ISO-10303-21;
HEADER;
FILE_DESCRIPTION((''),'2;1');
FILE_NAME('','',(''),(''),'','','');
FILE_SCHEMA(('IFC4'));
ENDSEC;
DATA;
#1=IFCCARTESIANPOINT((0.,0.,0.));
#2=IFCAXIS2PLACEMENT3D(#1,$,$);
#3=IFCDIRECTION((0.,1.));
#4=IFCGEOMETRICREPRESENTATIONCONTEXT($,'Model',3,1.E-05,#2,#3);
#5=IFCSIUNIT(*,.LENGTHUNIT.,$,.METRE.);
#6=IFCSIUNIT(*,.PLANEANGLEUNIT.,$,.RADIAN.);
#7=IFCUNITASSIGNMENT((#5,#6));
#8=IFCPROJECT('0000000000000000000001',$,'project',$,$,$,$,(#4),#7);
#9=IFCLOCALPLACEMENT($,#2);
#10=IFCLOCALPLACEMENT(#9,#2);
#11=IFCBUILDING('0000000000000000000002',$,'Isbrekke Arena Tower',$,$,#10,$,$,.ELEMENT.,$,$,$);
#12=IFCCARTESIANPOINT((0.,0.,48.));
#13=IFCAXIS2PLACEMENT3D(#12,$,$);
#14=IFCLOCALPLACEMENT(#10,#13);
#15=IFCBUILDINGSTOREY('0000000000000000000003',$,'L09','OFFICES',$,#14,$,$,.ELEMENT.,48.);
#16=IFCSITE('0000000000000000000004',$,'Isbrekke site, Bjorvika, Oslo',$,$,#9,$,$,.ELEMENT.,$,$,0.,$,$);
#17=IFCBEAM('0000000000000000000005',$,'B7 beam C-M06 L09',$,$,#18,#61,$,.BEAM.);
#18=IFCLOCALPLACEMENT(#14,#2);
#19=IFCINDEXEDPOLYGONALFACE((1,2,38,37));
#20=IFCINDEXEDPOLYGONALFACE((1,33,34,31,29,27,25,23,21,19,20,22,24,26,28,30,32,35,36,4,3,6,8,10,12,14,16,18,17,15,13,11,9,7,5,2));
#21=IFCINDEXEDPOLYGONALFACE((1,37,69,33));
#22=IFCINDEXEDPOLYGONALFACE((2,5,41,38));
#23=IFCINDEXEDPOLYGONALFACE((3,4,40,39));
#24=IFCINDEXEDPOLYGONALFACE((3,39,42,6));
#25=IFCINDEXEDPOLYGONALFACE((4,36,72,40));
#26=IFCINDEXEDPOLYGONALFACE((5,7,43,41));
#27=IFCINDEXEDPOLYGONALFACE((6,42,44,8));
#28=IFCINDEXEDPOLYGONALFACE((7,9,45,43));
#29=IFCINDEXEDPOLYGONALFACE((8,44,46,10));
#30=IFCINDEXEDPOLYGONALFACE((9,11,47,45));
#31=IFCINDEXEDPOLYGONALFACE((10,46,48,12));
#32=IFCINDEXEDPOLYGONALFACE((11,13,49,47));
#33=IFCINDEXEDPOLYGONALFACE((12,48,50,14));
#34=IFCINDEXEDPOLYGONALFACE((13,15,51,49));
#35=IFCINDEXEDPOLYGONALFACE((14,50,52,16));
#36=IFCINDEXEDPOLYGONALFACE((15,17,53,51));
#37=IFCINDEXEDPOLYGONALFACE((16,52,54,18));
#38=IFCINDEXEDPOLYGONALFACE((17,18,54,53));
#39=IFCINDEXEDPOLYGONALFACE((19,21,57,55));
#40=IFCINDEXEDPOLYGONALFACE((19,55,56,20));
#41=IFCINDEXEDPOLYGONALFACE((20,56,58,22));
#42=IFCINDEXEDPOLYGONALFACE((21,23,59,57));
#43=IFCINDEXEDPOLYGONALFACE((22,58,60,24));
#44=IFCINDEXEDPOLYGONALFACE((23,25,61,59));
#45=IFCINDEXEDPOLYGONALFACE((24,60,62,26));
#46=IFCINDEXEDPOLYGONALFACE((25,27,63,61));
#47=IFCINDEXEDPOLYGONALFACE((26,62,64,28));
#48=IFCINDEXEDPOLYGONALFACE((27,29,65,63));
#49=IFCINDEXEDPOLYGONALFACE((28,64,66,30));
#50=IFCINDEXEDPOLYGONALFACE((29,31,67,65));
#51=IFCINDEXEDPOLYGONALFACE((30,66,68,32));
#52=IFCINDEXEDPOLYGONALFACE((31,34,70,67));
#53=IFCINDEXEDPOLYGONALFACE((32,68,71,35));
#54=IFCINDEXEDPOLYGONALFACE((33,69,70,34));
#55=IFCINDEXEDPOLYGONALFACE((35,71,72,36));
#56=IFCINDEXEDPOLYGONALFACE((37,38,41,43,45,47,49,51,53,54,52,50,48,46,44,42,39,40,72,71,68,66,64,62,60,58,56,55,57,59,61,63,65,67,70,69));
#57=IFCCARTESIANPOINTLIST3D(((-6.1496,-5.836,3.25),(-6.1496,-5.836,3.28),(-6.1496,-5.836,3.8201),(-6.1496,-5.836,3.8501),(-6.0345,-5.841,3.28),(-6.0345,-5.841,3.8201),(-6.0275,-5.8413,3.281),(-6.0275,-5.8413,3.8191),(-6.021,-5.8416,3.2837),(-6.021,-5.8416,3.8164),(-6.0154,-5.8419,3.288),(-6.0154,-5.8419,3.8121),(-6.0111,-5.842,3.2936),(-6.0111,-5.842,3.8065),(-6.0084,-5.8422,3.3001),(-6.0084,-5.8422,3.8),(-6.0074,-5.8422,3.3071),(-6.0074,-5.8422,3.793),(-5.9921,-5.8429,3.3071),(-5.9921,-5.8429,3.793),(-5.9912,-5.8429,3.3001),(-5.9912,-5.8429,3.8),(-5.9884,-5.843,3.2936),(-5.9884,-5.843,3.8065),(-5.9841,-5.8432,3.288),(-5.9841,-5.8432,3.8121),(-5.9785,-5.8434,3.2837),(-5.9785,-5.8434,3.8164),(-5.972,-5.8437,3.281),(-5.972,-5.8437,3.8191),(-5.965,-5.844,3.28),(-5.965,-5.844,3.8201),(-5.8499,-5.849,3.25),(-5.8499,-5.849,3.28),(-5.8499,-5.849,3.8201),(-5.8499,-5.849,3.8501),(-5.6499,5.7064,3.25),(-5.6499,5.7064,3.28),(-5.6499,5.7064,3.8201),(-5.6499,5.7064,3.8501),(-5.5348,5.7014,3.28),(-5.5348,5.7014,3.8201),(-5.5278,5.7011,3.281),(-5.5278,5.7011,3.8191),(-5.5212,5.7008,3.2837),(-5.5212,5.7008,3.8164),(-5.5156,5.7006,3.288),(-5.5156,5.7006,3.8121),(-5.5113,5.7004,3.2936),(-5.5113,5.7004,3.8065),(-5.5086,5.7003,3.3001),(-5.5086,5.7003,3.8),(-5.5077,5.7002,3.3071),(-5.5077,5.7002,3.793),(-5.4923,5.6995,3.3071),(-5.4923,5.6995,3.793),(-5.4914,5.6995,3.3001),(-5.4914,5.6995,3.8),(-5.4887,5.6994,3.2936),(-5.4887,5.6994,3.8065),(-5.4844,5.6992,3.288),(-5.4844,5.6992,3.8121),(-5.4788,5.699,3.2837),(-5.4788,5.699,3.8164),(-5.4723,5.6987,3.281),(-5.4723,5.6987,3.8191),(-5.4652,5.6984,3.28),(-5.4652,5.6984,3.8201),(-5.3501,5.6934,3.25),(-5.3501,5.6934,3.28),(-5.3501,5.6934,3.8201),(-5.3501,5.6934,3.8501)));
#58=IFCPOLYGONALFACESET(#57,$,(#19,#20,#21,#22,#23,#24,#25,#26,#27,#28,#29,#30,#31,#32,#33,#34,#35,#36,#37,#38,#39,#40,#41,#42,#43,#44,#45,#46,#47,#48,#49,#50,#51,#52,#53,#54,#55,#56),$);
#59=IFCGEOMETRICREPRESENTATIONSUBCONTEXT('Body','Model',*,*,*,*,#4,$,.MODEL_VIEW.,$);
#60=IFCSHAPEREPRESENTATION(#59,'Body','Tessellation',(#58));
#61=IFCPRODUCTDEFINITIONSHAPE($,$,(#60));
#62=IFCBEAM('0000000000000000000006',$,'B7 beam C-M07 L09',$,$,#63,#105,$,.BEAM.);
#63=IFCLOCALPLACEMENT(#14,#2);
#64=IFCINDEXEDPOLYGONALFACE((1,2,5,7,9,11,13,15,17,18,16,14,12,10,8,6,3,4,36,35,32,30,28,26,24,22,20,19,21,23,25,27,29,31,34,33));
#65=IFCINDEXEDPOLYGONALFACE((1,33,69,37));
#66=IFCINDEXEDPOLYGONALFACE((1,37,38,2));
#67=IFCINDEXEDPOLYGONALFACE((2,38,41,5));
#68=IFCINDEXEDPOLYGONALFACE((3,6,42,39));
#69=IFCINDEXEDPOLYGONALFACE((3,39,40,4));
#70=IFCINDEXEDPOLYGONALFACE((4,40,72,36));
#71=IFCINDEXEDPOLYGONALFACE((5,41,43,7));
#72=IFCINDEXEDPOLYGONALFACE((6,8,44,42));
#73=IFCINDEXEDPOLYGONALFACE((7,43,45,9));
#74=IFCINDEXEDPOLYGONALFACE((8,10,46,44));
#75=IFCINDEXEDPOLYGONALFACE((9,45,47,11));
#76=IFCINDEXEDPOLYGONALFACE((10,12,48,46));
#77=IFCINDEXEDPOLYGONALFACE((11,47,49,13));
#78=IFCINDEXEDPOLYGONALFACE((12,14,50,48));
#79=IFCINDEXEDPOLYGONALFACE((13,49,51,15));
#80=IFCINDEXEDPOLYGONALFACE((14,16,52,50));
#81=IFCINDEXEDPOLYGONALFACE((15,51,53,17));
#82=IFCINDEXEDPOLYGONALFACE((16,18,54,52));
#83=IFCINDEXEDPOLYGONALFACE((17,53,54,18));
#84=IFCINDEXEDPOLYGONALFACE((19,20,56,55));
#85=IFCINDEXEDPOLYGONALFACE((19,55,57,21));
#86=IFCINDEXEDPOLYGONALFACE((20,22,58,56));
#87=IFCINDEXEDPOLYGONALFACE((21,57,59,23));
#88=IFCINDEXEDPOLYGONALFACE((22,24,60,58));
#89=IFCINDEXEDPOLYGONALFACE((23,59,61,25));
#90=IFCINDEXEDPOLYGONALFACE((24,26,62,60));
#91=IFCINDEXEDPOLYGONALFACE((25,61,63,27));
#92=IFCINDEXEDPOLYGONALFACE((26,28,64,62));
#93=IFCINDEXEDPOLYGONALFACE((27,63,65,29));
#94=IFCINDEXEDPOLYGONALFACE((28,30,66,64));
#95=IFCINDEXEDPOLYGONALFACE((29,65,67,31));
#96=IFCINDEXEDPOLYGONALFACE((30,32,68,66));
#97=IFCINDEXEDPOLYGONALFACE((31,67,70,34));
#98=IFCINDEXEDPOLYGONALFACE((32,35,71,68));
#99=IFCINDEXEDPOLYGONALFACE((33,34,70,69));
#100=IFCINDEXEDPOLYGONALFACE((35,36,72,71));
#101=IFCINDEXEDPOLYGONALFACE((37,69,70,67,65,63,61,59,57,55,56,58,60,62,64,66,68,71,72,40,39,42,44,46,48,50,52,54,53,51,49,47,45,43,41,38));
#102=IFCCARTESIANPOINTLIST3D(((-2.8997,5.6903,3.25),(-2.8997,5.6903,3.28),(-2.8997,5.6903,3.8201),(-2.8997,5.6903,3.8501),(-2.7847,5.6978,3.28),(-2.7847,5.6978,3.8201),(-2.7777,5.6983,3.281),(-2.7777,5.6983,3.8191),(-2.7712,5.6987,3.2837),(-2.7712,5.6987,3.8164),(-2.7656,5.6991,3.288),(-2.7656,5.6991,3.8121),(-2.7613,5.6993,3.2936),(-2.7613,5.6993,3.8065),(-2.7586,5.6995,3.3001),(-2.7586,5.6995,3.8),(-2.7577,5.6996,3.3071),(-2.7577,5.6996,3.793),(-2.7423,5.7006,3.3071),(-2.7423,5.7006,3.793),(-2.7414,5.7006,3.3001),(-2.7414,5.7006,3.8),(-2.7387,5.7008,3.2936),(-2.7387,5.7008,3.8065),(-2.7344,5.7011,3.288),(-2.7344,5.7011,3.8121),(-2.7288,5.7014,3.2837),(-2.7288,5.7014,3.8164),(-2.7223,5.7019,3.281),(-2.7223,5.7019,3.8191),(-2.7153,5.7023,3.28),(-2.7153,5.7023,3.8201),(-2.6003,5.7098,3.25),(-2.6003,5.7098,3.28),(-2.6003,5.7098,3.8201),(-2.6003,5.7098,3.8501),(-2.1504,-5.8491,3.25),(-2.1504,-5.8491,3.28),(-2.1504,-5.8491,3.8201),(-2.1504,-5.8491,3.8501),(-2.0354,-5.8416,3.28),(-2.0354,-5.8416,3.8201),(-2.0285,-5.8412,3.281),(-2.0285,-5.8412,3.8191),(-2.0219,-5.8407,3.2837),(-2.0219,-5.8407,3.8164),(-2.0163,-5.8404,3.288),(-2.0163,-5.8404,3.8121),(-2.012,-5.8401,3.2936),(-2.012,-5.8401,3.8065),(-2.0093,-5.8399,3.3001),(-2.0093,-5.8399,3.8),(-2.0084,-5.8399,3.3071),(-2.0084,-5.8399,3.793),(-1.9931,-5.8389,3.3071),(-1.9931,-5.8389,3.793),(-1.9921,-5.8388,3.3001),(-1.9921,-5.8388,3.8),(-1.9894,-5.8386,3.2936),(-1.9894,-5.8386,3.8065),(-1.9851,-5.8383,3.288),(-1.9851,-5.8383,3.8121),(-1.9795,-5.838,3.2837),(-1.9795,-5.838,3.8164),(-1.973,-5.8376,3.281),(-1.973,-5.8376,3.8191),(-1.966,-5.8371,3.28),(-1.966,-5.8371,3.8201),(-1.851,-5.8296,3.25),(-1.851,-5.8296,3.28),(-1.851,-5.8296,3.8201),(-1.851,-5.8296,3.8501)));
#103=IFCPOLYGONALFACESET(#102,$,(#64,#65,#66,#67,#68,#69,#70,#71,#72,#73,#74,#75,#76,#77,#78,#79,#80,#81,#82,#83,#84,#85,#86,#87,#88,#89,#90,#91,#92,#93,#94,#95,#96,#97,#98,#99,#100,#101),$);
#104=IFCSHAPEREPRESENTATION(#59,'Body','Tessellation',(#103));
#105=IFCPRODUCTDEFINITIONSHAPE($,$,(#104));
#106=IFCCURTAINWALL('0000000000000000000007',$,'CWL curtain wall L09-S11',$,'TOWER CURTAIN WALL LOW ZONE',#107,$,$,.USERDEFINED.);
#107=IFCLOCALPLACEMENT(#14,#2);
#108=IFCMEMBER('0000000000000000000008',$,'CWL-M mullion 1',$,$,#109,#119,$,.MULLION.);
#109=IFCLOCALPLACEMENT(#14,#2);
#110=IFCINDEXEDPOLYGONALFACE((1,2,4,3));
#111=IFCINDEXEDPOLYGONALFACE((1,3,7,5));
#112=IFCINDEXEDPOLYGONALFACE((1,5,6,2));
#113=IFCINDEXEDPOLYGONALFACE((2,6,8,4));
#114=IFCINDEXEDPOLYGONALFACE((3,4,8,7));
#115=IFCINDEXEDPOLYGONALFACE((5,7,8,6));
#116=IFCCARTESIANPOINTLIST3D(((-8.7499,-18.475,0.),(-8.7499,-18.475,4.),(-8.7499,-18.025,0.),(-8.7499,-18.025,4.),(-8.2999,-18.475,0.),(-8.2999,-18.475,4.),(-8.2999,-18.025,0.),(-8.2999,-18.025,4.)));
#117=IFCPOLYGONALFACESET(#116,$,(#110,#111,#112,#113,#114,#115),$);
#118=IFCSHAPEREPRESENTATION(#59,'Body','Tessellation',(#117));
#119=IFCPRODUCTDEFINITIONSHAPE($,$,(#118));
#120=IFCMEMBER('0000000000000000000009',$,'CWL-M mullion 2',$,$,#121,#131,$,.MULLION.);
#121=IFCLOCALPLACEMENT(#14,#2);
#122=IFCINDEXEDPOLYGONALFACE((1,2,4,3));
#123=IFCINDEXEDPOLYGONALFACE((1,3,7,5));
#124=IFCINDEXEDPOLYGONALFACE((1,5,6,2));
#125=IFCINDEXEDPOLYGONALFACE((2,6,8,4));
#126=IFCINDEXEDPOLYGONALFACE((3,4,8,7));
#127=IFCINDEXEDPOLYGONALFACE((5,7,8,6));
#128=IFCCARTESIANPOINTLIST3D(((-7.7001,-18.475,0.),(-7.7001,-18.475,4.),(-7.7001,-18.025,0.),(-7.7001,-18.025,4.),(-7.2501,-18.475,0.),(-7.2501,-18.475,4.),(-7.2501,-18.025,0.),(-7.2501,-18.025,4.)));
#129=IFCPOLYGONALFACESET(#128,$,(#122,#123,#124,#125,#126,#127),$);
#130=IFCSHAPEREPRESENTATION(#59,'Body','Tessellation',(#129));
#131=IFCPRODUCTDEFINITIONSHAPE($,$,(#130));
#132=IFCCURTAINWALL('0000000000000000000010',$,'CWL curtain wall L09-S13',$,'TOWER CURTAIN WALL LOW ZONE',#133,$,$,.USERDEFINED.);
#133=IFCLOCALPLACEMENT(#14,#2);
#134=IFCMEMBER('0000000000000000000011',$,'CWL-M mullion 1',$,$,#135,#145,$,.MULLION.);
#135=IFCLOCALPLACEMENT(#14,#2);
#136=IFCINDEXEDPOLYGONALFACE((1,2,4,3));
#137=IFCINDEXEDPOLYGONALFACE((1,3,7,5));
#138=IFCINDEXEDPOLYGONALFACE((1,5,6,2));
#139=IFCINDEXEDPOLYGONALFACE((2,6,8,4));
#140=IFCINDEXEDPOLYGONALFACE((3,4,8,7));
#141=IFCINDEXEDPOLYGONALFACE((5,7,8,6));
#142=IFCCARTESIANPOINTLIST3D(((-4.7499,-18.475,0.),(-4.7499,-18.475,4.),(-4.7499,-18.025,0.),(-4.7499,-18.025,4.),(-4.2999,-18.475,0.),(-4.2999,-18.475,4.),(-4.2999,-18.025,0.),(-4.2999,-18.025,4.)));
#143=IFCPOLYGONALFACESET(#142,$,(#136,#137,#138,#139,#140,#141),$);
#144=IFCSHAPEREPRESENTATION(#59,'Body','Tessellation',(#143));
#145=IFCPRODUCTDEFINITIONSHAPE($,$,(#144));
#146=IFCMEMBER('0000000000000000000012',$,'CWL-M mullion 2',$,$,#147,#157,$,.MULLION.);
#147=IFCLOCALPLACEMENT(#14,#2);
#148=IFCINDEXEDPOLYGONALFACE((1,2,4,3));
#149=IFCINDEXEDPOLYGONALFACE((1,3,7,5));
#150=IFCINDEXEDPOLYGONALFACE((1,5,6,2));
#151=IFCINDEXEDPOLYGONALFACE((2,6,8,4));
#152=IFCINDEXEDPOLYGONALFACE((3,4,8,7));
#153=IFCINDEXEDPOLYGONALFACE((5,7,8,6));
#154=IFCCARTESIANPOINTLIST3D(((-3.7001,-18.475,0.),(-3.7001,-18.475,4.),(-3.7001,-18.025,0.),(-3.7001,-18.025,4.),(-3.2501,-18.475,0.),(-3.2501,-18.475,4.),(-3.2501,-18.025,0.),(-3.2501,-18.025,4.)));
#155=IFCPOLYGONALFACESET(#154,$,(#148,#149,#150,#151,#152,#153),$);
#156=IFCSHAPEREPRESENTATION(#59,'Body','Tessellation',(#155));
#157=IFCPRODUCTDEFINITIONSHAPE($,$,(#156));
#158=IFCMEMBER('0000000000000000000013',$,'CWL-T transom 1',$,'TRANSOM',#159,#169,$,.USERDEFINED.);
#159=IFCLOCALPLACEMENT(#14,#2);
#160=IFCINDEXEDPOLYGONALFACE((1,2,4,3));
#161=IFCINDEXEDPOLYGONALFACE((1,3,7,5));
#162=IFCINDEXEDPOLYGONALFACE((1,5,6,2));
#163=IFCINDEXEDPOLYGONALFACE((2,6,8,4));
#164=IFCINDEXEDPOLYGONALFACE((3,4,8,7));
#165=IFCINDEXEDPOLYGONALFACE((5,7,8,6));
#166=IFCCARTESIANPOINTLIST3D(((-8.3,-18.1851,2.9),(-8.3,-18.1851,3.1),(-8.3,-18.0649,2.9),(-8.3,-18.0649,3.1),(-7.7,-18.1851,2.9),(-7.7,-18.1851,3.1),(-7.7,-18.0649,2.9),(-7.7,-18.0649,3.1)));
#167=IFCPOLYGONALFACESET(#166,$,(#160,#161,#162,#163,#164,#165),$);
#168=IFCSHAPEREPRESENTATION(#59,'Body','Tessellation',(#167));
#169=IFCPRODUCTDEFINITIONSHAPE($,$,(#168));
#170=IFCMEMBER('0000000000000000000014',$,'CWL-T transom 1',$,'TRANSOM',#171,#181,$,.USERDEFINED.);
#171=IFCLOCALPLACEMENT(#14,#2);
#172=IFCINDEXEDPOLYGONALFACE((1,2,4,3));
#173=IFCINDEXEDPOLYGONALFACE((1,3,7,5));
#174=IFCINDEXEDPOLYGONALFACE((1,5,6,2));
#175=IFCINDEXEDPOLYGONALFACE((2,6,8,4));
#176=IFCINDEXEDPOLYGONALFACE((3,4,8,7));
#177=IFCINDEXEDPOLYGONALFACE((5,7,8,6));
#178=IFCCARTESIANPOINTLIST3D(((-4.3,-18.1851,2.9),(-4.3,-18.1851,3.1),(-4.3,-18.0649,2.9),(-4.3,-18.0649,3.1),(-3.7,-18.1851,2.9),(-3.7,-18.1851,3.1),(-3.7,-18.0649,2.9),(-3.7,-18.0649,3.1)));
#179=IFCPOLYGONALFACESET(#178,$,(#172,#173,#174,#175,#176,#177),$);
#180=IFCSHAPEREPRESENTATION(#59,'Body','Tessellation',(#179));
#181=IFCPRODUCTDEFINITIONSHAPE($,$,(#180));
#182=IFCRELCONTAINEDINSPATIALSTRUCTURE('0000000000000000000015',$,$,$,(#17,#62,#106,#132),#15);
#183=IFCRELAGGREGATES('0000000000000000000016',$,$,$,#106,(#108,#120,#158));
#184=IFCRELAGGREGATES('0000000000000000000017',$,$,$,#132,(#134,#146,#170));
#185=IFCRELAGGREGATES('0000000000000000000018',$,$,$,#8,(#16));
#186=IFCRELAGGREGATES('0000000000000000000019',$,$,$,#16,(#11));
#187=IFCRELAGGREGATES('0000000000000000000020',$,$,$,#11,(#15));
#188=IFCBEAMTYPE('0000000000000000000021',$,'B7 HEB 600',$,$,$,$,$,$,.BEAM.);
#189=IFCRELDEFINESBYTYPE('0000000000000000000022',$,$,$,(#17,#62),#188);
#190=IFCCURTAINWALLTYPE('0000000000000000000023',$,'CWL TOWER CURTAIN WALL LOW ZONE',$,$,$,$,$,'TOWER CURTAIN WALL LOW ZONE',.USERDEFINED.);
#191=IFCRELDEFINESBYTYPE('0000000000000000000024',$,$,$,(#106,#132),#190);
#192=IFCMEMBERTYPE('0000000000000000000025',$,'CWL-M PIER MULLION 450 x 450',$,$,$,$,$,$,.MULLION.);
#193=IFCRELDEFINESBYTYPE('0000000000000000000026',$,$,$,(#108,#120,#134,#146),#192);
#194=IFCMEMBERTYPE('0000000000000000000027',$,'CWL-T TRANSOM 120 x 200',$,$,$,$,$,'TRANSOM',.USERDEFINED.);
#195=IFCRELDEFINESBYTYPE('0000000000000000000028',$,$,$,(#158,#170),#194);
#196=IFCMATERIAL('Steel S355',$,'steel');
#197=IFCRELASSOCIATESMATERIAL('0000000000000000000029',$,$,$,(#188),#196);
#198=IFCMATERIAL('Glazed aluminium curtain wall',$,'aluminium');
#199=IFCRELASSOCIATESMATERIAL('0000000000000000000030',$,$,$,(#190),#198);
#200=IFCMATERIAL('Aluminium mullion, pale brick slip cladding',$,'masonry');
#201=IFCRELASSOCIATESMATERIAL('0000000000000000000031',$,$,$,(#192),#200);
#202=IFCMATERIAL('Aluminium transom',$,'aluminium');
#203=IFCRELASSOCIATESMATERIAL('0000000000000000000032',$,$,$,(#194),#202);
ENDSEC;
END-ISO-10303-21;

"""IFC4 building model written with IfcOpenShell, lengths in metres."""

from ifc_helpers import new_model, si_unit, direction, frame, origin, origin_2d, place, context, subcontext, project, spatial, rectangle, i_section, extrude, material, material_profile, profile_set, type_object, element, aggregate, save


model = new_model("IFC4")

# Units and contexts
model_context = context("Model", 3, precision=1e-05, world=origin(), true_north=direction((0.0, 1.0)))
body_context = subcontext(model_context, "Body", "Model", "MODEL_VIEW")
ifc_project = project(units=[si_unit("LENGTHUNIT", "METRE"), si_unit("PLANEANGLEUNIT", "RADIAN")], contexts=[model_context])

# Site, building, storey
site_placement = place(None, origin())
site = spatial("IfcSite", under=ifc_project, at=site_placement, Name="Isbrekke site, Bjorvika, Oslo", CompositionType="ELEMENT", RefElevation=0.0)
building_placement = place(site_placement, origin())
building = spatial("IfcBuilding", under=site, at=building_placement, Name="Isbrekke Arena Tower", CompositionType="ELEMENT")
storey_placement = place(building_placement, frame((0.0, 0.0, 48.0)))
storey = spatial("IfcBuildingStorey", under=building, at=storey_placement, Name="L09", Description="OFFICES", CompositionType="ELEMENT", Elevation=48.0)

# Beams
ifc_material_1 = material(Name="Steel S355", Category="steel")
ifc_material_profile_1 = material_profile(ifc_material_1, i_section(OverallWidth=0.3, OverallDepth=0.6001, WebThickness=0.0154, FlangeThickness=0.03, FilletRadius=0.0271, at=origin_2d()), Name="HEB 600")
ifc_profile_set_1 = profile_set([ifc_material_profile_1], Name="Steel S355")
beam_type_1 = type_object("IfcBeamType", Name="B7 HEB 600", PredefinedType="BEAM", material=ifc_profile_set_1)
beam_1_placement = place(storey_placement, frame((-5.9998, -5.8425, 3.55), z_axis=(0.043257, 0.999064, 0.0), x_axis=(-0.999064, 0.043257, 0.0)))
element("IfcBeam", 1, at=beam_1_placement, inside=storey, type_object=beam_type_1, Name="B7 beam C-M06 L09", PredefinedType="BEAM", context=body_context, shape_type="SweptSolid", body=[
    extrude(i_section(OverallWidth=0.3, OverallDepth=0.6001, WebThickness=0.0154, FlangeThickness=0.03, FilletRadius=0.0271, at=origin_2d()), origin(), (0.0, 0.0, 1.0), 11.5532),
])
beam_2_placement = place(storey_placement, frame((-2.0007, -5.8394, 3.55), z_axis=(-0.064795, 0.997899, 0.0), x_axis=(-0.997899, -0.064795, 0.0)))
element("IfcBeam", 2, at=beam_2_placement, inside=storey, type_object=beam_type_1, Name="B7 beam C-M07 L09", PredefinedType="BEAM", context=body_context, shape_type="SweptSolid", body=[
    extrude(i_section(OverallWidth=0.3, OverallDepth=0.6001, WebThickness=0.0154, FlangeThickness=0.03, FilletRadius=0.0271, at=origin_2d()), origin(), (0.0, 0.0, 1.0), 11.5637),
])

# Curtain walls, members
ifc_material_2 = material(Name="Glazed aluminium curtain wall", Category="aluminium")
curtain_wall_type = type_object("IfcCurtainWallType", Name="CWL TOWER CURTAIN WALL LOW ZONE", ElementType="TOWER CURTAIN WALL LOW ZONE", PredefinedType="USERDEFINED", material=ifc_material_2)
curtain_wall_1_placement = place(storey_placement, origin())
curtain_wall_1 = element("IfcCurtainWall", 3, at=curtain_wall_1_placement, inside=storey, type_object=curtain_wall_type, Name="CWL curtain wall L09-S11", ObjectType="TOWER CURTAIN WALL LOW ZONE", PredefinedType="USERDEFINED")
ifc_material_3 = material(Name="Aluminium mullion, pale brick slip cladding", Category="masonry")
ifc_material_profile_2 = material_profile(ifc_material_3, rectangle(XDim=0.45, YDim=0.45, at=origin_2d()), Name="PIER 450X450")
ifc_profile_set_2 = profile_set([ifc_material_profile_2], Name="Aluminium mullion, pale brick slip cladding")
member_type_1 = type_object("IfcMemberType", Name="CWL-M PIER MULLION 450 x 450", PredefinedType="MULLION", material=ifc_profile_set_2)
member_1_placement = place(storey_placement, frame((-8.5249, -18.25, 0.0), z_axis=(0.0, 0.0, 1.0), x_axis=(1.0, 0.0, 0.0)))
member_1 = element("IfcMember", 4, at=member_1_placement, type_object=member_type_1, Name="CWL-M mullion 1", PredefinedType="MULLION", context=body_context, shape_type="SweptSolid", body=[
    extrude(rectangle(XDim=0.45, YDim=0.45, at=origin_2d()), origin(), (0.0, 0.0, 1.0), 4.0),
])
member_2_placement = place(storey_placement, frame((-7.4751, -18.25, 0.0), z_axis=(0.0, 0.0, 1.0), x_axis=(1.0, 0.0, 0.0)))
member_2 = element("IfcMember", 5, at=member_2_placement, type_object=member_type_1, Name="CWL-M mullion 2", PredefinedType="MULLION", context=body_context, shape_type="SweptSolid", body=[
    extrude(rectangle(XDim=0.45, YDim=0.45, at=origin_2d()), origin(), (0.0, 0.0, 1.0), 4.0),
])
curtain_wall_2_placement = place(storey_placement, origin())
curtain_wall_2 = element("IfcCurtainWall", 6, at=curtain_wall_2_placement, inside=storey, type_object=curtain_wall_type, Name="CWL curtain wall L09-S13", ObjectType="TOWER CURTAIN WALL LOW ZONE", PredefinedType="USERDEFINED")
member_3_placement = place(storey_placement, frame((-4.5249, -18.25, 0.0), z_axis=(0.0, 0.0, 1.0), x_axis=(1.0, 0.0, 0.0)))
member_3 = element("IfcMember", 7, at=member_3_placement, type_object=member_type_1, Name="CWL-M mullion 1", PredefinedType="MULLION", context=body_context, shape_type="SweptSolid", body=[
    extrude(rectangle(XDim=0.45, YDim=0.45, at=origin_2d()), origin(), (0.0, 0.0, 1.0), 4.0),
])
member_4_placement = place(storey_placement, frame((-3.4751, -18.25, 0.0), z_axis=(0.0, 0.0, 1.0), x_axis=(1.0, 0.0, 0.0)))
member_4 = element("IfcMember", 8, at=member_4_placement, type_object=member_type_1, Name="CWL-M mullion 2", PredefinedType="MULLION", context=body_context, shape_type="SweptSolid", body=[
    extrude(rectangle(XDim=0.45, YDim=0.45, at=origin_2d()), origin(), (0.0, 0.0, 1.0), 4.0),
])

# Members
ifc_material_4 = material(Name="Aluminium transom", Category="aluminium")
ifc_material_profile_3 = material_profile(ifc_material_4, rectangle(XDim=0.1201, YDim=0.2, at=origin_2d()), Name="TRANSOM 120X200")
ifc_profile_set_3 = profile_set([ifc_material_profile_3], Name="Aluminium transom")
member_type_2 = type_object("IfcMemberType", Name="CWL-T TRANSOM 120 x 200", ElementType="TRANSOM", PredefinedType="USERDEFINED", material=ifc_profile_set_3)
member_5_placement = place(storey_placement, frame((-8.3, -18.125, 3.0), z_axis=(1.0, 0.0, 0.0), x_axis=(0.0, 1.0, 0.0)))
member_5 = element("IfcMember", 9, at=member_5_placement, type_object=member_type_2, Name="CWL-T transom 1", ObjectType="TRANSOM", PredefinedType="USERDEFINED", context=body_context, shape_type="SweptSolid", body=[
    extrude(rectangle(XDim=0.1201, YDim=0.2, at=origin_2d()), origin(), (0.0, 0.0, 1.0), 0.6001),
])
member_6_placement = place(storey_placement, frame((-4.3, -18.125, 3.0), z_axis=(1.0, 0.0, 0.0), x_axis=(0.0, 1.0, 0.0)))
member_6 = element("IfcMember", 10, at=member_6_placement, type_object=member_type_2, Name="CWL-T transom 1", ObjectType="TRANSOM", PredefinedType="USERDEFINED", context=body_context, shape_type="SweptSolid", body=[
    extrude(rectangle(XDim=0.1201, YDim=0.2, at=origin_2d()), origin(), (0.0, 0.0, 1.0), 0.6001),
])

aggregate(curtain_wall_1, [member_1, member_2, member_5])
aggregate(curtain_wall_2, [member_3, member_4, member_6])

save(model, "model.ifc")
